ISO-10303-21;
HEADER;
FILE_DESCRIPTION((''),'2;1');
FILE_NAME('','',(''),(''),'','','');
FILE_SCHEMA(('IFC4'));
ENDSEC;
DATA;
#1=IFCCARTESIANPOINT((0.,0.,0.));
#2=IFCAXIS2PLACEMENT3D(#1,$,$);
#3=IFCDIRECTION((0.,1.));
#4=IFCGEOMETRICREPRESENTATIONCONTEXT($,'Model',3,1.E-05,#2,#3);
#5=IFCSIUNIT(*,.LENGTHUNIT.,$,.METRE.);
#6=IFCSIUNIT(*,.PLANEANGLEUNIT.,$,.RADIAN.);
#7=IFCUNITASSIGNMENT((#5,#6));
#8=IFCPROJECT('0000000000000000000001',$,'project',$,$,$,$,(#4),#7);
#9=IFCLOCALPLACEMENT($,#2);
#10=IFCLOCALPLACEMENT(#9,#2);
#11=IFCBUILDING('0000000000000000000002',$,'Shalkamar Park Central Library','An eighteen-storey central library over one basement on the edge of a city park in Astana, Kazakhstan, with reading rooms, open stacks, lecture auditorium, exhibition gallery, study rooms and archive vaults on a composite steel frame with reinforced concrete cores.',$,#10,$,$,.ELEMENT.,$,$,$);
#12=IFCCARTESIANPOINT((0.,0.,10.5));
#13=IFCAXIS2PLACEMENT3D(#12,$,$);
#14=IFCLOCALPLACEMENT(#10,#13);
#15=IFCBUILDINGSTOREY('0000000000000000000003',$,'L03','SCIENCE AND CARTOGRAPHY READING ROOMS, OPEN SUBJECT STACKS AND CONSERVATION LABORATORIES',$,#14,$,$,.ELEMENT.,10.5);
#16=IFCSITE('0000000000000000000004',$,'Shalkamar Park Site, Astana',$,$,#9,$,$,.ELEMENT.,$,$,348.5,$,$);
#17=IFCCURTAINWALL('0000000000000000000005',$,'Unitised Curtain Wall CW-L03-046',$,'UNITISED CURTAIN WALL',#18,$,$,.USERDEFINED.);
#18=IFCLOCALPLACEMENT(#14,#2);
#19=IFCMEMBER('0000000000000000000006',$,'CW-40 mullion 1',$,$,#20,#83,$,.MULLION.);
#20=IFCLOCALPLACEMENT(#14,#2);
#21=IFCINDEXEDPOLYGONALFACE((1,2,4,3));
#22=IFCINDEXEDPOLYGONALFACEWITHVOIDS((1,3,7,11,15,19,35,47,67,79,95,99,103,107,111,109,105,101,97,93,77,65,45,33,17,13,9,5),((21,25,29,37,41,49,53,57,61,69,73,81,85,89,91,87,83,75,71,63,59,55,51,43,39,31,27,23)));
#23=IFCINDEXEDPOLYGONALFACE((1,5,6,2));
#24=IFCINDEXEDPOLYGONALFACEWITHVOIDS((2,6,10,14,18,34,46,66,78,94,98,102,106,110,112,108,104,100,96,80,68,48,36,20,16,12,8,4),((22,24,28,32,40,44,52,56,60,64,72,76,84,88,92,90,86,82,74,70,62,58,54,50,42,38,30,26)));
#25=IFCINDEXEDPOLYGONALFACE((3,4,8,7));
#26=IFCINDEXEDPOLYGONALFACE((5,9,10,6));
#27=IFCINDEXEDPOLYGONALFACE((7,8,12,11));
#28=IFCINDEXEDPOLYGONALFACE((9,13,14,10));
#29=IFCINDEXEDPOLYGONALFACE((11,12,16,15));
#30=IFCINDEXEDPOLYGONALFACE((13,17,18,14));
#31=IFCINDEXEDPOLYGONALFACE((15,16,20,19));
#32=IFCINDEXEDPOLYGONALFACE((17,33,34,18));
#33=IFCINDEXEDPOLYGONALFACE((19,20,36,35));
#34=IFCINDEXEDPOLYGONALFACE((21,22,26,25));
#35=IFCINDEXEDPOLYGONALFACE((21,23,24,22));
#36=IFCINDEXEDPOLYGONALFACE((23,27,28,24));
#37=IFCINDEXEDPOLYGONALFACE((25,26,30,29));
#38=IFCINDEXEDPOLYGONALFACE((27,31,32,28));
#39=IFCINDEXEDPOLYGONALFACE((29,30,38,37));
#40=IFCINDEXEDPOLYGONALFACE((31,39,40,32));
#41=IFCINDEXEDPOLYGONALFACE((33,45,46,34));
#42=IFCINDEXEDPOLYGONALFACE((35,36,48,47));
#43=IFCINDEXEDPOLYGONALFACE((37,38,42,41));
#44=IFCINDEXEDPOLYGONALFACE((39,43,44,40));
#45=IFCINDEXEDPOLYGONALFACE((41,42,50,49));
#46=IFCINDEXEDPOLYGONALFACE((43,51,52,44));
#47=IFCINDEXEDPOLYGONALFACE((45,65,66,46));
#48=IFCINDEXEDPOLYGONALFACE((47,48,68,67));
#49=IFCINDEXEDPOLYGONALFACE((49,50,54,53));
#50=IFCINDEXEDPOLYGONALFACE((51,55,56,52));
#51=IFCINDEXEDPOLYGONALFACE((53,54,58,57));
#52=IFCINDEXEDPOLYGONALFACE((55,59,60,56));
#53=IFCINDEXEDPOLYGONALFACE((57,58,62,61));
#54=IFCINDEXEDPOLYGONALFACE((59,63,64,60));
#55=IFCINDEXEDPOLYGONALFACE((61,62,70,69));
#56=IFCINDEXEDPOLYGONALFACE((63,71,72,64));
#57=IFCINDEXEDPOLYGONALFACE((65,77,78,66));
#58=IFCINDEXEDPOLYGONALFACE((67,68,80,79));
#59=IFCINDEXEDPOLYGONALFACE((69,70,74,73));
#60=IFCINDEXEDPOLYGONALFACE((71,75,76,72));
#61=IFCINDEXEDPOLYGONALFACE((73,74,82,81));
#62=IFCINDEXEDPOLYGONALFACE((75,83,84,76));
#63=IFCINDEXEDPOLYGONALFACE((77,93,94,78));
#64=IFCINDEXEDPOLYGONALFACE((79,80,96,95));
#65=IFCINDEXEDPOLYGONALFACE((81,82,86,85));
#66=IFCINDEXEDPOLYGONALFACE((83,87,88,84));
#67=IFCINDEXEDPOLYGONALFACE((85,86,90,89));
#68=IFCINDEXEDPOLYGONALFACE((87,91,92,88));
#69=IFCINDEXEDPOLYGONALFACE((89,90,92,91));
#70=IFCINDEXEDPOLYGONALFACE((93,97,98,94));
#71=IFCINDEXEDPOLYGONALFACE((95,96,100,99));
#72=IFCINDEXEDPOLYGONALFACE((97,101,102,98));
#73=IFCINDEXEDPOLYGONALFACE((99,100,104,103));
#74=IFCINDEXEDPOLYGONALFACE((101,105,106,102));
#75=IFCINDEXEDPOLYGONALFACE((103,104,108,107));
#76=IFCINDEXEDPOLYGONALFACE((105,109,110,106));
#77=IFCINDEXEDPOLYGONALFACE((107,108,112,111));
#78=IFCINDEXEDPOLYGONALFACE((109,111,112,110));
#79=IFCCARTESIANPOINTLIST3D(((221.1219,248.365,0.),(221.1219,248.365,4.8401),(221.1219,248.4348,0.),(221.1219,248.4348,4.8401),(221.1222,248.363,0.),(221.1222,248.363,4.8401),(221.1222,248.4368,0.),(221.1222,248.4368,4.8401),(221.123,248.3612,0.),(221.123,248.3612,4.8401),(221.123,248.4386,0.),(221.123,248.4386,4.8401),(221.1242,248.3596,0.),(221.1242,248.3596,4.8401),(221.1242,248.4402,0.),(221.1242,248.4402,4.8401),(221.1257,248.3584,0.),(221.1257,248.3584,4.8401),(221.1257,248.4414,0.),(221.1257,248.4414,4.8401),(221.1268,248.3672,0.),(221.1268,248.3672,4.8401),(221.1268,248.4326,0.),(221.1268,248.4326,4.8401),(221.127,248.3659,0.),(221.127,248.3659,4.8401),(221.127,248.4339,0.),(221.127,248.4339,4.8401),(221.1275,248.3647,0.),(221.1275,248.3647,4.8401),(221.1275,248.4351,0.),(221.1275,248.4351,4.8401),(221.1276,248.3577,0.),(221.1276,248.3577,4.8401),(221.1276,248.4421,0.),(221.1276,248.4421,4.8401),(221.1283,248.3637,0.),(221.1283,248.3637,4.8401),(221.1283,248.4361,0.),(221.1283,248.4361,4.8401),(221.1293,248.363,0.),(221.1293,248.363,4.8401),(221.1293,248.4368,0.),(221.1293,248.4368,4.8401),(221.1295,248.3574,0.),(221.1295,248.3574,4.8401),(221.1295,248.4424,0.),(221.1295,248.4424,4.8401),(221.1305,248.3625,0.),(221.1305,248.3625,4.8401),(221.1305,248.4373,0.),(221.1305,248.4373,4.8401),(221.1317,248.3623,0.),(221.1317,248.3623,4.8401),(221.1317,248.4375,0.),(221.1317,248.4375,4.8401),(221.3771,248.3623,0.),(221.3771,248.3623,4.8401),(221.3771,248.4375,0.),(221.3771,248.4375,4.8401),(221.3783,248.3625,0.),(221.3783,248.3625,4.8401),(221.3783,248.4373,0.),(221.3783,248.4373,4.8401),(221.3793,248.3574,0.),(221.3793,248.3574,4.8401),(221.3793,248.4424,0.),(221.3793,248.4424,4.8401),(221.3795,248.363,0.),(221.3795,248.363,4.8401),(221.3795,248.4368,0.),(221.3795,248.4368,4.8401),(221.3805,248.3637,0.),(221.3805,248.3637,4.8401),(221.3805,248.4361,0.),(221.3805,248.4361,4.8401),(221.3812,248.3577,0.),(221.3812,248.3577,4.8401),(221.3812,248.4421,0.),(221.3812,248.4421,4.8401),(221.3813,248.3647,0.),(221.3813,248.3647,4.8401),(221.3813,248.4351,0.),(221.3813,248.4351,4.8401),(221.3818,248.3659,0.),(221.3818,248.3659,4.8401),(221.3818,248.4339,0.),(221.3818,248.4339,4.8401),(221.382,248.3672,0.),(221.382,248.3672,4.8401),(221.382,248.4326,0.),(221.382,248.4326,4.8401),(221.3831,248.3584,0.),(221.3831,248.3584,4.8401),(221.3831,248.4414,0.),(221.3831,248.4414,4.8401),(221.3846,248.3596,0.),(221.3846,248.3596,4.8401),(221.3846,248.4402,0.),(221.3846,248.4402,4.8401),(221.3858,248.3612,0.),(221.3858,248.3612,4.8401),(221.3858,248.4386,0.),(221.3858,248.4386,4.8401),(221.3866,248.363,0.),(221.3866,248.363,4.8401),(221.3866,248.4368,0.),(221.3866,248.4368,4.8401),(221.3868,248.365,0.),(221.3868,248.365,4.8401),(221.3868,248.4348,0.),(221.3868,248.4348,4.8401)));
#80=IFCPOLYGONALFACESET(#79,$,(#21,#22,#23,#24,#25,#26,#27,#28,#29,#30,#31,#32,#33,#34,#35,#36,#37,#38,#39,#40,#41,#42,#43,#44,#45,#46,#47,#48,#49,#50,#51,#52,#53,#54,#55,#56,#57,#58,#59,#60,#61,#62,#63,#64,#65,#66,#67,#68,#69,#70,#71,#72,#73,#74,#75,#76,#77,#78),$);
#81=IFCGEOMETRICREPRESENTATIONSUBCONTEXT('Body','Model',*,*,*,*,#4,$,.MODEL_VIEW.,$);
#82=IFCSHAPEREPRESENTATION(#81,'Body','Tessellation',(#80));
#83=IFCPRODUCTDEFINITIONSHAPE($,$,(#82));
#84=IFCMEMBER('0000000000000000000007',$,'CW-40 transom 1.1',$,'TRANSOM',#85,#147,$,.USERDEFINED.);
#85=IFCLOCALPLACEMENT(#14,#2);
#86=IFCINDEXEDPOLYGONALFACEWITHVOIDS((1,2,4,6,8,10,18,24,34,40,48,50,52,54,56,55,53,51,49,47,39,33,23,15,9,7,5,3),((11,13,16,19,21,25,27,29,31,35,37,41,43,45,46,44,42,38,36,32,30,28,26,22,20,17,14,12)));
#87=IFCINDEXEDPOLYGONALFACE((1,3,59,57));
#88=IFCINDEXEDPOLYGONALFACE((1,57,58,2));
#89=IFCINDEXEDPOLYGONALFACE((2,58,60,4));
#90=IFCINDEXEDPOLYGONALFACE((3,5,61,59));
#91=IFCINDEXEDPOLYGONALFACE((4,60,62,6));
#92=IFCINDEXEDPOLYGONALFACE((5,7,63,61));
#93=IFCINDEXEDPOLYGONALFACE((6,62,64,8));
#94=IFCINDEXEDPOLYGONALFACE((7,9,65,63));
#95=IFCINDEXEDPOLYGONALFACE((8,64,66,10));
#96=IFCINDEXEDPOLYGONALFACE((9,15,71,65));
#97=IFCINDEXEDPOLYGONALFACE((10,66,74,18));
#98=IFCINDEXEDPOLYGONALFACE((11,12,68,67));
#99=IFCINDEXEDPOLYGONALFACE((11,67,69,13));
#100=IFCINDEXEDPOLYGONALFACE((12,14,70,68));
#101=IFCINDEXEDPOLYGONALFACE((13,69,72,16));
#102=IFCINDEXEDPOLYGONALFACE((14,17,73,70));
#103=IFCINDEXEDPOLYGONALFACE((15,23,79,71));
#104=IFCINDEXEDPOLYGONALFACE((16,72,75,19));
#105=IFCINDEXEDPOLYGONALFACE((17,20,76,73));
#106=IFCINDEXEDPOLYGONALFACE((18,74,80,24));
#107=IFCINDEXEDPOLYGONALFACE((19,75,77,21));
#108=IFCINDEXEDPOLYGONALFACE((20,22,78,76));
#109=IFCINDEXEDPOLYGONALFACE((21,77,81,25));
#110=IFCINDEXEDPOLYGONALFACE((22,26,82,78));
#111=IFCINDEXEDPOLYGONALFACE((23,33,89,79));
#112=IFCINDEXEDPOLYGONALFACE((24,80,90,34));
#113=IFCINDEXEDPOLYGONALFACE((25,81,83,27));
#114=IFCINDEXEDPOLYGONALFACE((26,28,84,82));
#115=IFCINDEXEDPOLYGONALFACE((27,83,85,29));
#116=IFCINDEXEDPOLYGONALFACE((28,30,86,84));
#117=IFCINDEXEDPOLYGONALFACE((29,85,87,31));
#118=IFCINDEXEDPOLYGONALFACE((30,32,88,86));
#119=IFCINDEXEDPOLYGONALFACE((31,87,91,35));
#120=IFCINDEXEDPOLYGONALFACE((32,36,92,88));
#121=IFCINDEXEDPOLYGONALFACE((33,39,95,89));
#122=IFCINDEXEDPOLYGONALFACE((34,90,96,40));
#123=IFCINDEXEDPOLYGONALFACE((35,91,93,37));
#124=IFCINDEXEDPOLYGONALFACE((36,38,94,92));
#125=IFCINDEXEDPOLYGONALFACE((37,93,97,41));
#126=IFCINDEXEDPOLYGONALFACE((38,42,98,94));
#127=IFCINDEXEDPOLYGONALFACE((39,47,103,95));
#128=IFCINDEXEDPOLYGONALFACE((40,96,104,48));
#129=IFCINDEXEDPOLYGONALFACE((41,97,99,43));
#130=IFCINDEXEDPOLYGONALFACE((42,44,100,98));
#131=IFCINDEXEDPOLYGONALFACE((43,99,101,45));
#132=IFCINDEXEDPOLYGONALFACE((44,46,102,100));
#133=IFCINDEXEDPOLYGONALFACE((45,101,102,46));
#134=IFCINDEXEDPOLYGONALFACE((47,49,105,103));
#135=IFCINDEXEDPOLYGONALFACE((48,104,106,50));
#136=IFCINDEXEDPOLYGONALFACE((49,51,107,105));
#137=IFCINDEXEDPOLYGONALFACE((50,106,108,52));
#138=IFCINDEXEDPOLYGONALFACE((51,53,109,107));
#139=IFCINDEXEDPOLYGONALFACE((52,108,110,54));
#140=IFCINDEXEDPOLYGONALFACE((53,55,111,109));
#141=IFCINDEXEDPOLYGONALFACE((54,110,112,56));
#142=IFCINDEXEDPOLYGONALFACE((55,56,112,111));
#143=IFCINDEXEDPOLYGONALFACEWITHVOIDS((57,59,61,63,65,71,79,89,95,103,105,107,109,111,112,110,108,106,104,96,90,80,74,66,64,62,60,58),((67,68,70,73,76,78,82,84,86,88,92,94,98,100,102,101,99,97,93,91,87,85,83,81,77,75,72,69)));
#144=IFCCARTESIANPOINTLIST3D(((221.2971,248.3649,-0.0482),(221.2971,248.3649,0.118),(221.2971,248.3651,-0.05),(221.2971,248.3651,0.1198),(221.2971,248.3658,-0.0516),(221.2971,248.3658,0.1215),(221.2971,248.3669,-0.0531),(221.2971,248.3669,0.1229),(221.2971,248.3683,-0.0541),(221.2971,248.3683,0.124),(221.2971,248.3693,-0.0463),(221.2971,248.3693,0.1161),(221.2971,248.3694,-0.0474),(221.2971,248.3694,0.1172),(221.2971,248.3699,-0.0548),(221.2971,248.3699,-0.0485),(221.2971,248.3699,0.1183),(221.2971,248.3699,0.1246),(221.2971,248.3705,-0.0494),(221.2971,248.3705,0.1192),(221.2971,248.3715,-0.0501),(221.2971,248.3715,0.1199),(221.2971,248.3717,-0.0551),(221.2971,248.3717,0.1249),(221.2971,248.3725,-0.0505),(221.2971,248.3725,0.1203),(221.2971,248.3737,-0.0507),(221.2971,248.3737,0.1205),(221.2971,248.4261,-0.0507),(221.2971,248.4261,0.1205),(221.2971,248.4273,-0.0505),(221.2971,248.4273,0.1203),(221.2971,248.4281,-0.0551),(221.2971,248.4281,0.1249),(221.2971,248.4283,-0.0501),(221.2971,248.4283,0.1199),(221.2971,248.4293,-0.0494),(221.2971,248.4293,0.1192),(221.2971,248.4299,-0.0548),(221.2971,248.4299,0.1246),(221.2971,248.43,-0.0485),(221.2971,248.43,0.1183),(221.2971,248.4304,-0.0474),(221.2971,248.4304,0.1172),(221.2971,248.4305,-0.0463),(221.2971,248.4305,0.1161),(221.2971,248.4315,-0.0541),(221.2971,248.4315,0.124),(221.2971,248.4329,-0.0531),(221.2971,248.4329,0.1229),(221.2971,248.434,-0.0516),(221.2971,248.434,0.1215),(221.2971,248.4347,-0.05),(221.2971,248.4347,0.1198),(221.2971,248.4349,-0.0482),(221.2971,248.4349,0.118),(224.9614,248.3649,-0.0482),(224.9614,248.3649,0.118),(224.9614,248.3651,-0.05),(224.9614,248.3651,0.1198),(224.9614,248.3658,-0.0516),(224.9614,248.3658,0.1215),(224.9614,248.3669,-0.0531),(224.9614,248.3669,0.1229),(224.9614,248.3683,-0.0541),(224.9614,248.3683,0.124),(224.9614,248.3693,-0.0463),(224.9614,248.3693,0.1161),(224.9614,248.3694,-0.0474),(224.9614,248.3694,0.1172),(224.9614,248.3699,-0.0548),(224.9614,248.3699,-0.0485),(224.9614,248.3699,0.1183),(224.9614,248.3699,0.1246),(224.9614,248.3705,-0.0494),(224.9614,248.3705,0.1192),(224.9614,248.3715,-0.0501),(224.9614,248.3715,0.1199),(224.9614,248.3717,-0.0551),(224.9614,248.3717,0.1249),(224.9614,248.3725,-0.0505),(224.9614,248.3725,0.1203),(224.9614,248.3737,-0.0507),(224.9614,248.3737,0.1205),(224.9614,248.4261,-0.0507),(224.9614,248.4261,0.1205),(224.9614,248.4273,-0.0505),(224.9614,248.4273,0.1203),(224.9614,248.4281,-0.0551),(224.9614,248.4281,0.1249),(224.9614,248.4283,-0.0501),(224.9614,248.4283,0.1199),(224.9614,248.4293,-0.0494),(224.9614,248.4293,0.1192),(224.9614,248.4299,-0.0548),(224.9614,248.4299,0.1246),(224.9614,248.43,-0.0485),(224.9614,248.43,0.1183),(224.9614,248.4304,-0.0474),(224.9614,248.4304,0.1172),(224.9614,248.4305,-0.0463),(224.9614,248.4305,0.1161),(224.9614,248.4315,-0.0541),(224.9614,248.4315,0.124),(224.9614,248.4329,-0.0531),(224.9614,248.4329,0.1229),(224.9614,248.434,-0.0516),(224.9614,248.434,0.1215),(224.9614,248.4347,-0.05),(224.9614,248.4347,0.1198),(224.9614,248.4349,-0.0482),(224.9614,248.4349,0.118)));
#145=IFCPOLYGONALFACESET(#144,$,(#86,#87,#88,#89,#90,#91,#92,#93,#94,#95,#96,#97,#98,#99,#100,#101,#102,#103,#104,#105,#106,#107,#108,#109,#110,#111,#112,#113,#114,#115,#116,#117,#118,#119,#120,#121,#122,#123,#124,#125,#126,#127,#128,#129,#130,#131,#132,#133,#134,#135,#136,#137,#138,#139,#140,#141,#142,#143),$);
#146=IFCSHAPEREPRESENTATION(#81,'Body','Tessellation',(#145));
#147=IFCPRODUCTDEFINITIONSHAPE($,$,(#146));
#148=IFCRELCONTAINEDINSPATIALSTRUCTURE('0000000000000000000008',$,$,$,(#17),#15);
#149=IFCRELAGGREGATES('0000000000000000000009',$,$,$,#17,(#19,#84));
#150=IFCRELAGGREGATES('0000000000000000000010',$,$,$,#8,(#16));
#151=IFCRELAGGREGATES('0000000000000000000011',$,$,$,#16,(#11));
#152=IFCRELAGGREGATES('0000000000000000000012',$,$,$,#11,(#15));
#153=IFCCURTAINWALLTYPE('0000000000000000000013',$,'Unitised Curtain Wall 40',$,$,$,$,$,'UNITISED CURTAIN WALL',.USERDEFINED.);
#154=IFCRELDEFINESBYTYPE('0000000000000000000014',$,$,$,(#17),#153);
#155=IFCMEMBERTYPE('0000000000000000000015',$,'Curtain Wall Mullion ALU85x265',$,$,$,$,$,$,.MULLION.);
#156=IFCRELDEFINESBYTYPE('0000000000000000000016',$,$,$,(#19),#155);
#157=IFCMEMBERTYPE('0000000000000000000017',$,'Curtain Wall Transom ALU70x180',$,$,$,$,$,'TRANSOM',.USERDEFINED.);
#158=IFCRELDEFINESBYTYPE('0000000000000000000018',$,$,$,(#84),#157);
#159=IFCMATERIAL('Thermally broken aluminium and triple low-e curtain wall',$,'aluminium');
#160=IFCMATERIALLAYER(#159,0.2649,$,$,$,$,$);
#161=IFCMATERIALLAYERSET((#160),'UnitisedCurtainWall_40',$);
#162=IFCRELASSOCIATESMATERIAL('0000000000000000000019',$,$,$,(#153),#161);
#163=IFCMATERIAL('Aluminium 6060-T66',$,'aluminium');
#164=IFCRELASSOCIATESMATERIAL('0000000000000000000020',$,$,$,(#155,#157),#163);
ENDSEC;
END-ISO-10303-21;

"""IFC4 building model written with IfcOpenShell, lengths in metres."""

from ifc_helpers import new_model, si_unit, direction, frame, origin, origin_2d, place, context, subcontext, project, spatial, hollow_rectangle, extrude, material, layer, layer_set, material_profile, profile_set, type_object, element, aggregate, save


model = new_model("IFC4")

# Units and contexts
model_context = context("Model", 3, precision=1e-05, world=origin(), true_north=direction((0.0, 1.0)))
body_context = subcontext(model_context, "Body", "Model", "MODEL_VIEW")
ifc_project = project(units=[si_unit("LENGTHUNIT", "METRE"), si_unit("PLANEANGLEUNIT", "RADIAN")], contexts=[model_context])

# Site, building, storey
site_placement = place(None, origin())
site = spatial("IfcSite", under=ifc_project, at=site_placement, Name="Shalkamar Park Site, Astana", CompositionType="ELEMENT", RefElevation=348.5)
building_placement = place(site_placement, origin())
building = spatial("IfcBuilding", under=site, at=building_placement, Name="Shalkamar Park Central Library", Description="An eighteen-storey central library over one basement on the edge of a city park in Astana, Kazakhstan, with reading rooms, open stacks, lecture auditorium, exhibition gallery, study rooms and archive vaults on a composite steel frame with reinforced concrete cores.", CompositionType="ELEMENT")
storey_placement = place(building_placement, frame((0.0, 0.0, 10.5)))
storey = spatial("IfcBuildingStorey", under=building, at=storey_placement, Name="L03", Description="SCIENCE AND CARTOGRAPHY READING ROOMS, OPEN SUBJECT STACKS AND CONSERVATION LABORATORIES", CompositionType="ELEMENT", Elevation=10.5)

# Curtain wall, members
ifc_material_1 = material(Name="Thermally broken aluminium and triple low-e curtain wall", Category="aluminium")
ifc_layer_1 = layer(ifc_material_1, 0.2649)
ifc_layer_set_1 = layer_set([ifc_layer_1], Name="UnitisedCurtainWall_40")
curtain_wall_type = type_object("IfcCurtainWallType", Name="Unitised Curtain Wall 40", ElementType="UNITISED CURTAIN WALL", PredefinedType="USERDEFINED", material=ifc_layer_set_1)
curtain_wall_placement = place(storey_placement, origin())
curtain_wall = element("IfcCurtainWall", 1, at=curtain_wall_placement, inside=storey, type_object=curtain_wall_type, Name="Unitised Curtain Wall CW-L03-046", ObjectType="UNITISED CURTAIN WALL", PredefinedType="USERDEFINED")
ifc_material_2 = material(Name="Aluminium 6060-T66", Category="aluminium")
ifc_material_profile_1 = material_profile(ifc_material_2, hollow_rectangle(XDim=0.085, YDim=0.2649, WallThickness=0.0049, InnerFilletRadius=0.0049, OuterFilletRadius=0.0076, at=origin_2d()), Name="ALU 85x265x5")
ifc_profile_set_1 = profile_set([ifc_material_profile_1], Name="Aluminium 6060-T66")
member_type_1 = type_object("IfcMemberType", Name="Curtain Wall Mullion ALU85x265", PredefinedType="MULLION", material=ifc_profile_set_1)
member_1_placement = place(storey_placement, frame((221.2544, 248.3999, 0.0), z_axis=(0.0, 0.0, 1.0), x_axis=(0.0, 1.0, 0.0)))
member_1 = element("IfcMember", 2, at=member_1_placement, type_object=member_type_1, Name="CW-40 mullion 1", PredefinedType="MULLION", context=body_context, shape_type="SweptSolid", body=[
    extrude(hollow_rectangle(XDim=0.085, YDim=0.2649, WallThickness=0.0049, InnerFilletRadius=0.0049, OuterFilletRadius=0.0076, at=origin_2d()), origin(), (0.0, 0.0, 1.0), 4.8401),
])
ifc_material_profile_2 = material_profile(ifc_material_2, hollow_rectangle(XDim=0.0701, YDim=0.1799, WallThickness=0.0044, InnerFilletRadius=0.0044, OuterFilletRadius=0.0068, at=origin_2d()), Name="ALU 70x180x4.5")
ifc_profile_set_2 = profile_set([ifc_material_profile_2], Name="Aluminium 6060-T66")
member_type_2 = type_object("IfcMemberType", Name="Curtain Wall Transom ALU70x180", ElementType="TRANSOM", PredefinedType="USERDEFINED", material=ifc_profile_set_2)
member_2_placement = place(storey_placement, frame((221.2971, 248.3999, 0.0349), z_axis=(1.0, 0.0, 0.0), x_axis=(0.0, 1.0, 0.0)))
member_2 = element("IfcMember", 3, at=member_2_placement, type_object=member_type_2, Name="CW-40 transom 1.1", ObjectType="TRANSOM", PredefinedType="USERDEFINED", context=body_context, shape_type="SweptSolid", body=[
    extrude(hollow_rectangle(XDim=0.0701, YDim=0.1799, WallThickness=0.0044, InnerFilletRadius=0.0044, OuterFilletRadius=0.0068, at=origin_2d()), origin(), (0.0, 0.0, 1.0), 3.6643),
])
aggregate(curtain_wall, [member_1, member_2])

save(model, "model.ifc")
